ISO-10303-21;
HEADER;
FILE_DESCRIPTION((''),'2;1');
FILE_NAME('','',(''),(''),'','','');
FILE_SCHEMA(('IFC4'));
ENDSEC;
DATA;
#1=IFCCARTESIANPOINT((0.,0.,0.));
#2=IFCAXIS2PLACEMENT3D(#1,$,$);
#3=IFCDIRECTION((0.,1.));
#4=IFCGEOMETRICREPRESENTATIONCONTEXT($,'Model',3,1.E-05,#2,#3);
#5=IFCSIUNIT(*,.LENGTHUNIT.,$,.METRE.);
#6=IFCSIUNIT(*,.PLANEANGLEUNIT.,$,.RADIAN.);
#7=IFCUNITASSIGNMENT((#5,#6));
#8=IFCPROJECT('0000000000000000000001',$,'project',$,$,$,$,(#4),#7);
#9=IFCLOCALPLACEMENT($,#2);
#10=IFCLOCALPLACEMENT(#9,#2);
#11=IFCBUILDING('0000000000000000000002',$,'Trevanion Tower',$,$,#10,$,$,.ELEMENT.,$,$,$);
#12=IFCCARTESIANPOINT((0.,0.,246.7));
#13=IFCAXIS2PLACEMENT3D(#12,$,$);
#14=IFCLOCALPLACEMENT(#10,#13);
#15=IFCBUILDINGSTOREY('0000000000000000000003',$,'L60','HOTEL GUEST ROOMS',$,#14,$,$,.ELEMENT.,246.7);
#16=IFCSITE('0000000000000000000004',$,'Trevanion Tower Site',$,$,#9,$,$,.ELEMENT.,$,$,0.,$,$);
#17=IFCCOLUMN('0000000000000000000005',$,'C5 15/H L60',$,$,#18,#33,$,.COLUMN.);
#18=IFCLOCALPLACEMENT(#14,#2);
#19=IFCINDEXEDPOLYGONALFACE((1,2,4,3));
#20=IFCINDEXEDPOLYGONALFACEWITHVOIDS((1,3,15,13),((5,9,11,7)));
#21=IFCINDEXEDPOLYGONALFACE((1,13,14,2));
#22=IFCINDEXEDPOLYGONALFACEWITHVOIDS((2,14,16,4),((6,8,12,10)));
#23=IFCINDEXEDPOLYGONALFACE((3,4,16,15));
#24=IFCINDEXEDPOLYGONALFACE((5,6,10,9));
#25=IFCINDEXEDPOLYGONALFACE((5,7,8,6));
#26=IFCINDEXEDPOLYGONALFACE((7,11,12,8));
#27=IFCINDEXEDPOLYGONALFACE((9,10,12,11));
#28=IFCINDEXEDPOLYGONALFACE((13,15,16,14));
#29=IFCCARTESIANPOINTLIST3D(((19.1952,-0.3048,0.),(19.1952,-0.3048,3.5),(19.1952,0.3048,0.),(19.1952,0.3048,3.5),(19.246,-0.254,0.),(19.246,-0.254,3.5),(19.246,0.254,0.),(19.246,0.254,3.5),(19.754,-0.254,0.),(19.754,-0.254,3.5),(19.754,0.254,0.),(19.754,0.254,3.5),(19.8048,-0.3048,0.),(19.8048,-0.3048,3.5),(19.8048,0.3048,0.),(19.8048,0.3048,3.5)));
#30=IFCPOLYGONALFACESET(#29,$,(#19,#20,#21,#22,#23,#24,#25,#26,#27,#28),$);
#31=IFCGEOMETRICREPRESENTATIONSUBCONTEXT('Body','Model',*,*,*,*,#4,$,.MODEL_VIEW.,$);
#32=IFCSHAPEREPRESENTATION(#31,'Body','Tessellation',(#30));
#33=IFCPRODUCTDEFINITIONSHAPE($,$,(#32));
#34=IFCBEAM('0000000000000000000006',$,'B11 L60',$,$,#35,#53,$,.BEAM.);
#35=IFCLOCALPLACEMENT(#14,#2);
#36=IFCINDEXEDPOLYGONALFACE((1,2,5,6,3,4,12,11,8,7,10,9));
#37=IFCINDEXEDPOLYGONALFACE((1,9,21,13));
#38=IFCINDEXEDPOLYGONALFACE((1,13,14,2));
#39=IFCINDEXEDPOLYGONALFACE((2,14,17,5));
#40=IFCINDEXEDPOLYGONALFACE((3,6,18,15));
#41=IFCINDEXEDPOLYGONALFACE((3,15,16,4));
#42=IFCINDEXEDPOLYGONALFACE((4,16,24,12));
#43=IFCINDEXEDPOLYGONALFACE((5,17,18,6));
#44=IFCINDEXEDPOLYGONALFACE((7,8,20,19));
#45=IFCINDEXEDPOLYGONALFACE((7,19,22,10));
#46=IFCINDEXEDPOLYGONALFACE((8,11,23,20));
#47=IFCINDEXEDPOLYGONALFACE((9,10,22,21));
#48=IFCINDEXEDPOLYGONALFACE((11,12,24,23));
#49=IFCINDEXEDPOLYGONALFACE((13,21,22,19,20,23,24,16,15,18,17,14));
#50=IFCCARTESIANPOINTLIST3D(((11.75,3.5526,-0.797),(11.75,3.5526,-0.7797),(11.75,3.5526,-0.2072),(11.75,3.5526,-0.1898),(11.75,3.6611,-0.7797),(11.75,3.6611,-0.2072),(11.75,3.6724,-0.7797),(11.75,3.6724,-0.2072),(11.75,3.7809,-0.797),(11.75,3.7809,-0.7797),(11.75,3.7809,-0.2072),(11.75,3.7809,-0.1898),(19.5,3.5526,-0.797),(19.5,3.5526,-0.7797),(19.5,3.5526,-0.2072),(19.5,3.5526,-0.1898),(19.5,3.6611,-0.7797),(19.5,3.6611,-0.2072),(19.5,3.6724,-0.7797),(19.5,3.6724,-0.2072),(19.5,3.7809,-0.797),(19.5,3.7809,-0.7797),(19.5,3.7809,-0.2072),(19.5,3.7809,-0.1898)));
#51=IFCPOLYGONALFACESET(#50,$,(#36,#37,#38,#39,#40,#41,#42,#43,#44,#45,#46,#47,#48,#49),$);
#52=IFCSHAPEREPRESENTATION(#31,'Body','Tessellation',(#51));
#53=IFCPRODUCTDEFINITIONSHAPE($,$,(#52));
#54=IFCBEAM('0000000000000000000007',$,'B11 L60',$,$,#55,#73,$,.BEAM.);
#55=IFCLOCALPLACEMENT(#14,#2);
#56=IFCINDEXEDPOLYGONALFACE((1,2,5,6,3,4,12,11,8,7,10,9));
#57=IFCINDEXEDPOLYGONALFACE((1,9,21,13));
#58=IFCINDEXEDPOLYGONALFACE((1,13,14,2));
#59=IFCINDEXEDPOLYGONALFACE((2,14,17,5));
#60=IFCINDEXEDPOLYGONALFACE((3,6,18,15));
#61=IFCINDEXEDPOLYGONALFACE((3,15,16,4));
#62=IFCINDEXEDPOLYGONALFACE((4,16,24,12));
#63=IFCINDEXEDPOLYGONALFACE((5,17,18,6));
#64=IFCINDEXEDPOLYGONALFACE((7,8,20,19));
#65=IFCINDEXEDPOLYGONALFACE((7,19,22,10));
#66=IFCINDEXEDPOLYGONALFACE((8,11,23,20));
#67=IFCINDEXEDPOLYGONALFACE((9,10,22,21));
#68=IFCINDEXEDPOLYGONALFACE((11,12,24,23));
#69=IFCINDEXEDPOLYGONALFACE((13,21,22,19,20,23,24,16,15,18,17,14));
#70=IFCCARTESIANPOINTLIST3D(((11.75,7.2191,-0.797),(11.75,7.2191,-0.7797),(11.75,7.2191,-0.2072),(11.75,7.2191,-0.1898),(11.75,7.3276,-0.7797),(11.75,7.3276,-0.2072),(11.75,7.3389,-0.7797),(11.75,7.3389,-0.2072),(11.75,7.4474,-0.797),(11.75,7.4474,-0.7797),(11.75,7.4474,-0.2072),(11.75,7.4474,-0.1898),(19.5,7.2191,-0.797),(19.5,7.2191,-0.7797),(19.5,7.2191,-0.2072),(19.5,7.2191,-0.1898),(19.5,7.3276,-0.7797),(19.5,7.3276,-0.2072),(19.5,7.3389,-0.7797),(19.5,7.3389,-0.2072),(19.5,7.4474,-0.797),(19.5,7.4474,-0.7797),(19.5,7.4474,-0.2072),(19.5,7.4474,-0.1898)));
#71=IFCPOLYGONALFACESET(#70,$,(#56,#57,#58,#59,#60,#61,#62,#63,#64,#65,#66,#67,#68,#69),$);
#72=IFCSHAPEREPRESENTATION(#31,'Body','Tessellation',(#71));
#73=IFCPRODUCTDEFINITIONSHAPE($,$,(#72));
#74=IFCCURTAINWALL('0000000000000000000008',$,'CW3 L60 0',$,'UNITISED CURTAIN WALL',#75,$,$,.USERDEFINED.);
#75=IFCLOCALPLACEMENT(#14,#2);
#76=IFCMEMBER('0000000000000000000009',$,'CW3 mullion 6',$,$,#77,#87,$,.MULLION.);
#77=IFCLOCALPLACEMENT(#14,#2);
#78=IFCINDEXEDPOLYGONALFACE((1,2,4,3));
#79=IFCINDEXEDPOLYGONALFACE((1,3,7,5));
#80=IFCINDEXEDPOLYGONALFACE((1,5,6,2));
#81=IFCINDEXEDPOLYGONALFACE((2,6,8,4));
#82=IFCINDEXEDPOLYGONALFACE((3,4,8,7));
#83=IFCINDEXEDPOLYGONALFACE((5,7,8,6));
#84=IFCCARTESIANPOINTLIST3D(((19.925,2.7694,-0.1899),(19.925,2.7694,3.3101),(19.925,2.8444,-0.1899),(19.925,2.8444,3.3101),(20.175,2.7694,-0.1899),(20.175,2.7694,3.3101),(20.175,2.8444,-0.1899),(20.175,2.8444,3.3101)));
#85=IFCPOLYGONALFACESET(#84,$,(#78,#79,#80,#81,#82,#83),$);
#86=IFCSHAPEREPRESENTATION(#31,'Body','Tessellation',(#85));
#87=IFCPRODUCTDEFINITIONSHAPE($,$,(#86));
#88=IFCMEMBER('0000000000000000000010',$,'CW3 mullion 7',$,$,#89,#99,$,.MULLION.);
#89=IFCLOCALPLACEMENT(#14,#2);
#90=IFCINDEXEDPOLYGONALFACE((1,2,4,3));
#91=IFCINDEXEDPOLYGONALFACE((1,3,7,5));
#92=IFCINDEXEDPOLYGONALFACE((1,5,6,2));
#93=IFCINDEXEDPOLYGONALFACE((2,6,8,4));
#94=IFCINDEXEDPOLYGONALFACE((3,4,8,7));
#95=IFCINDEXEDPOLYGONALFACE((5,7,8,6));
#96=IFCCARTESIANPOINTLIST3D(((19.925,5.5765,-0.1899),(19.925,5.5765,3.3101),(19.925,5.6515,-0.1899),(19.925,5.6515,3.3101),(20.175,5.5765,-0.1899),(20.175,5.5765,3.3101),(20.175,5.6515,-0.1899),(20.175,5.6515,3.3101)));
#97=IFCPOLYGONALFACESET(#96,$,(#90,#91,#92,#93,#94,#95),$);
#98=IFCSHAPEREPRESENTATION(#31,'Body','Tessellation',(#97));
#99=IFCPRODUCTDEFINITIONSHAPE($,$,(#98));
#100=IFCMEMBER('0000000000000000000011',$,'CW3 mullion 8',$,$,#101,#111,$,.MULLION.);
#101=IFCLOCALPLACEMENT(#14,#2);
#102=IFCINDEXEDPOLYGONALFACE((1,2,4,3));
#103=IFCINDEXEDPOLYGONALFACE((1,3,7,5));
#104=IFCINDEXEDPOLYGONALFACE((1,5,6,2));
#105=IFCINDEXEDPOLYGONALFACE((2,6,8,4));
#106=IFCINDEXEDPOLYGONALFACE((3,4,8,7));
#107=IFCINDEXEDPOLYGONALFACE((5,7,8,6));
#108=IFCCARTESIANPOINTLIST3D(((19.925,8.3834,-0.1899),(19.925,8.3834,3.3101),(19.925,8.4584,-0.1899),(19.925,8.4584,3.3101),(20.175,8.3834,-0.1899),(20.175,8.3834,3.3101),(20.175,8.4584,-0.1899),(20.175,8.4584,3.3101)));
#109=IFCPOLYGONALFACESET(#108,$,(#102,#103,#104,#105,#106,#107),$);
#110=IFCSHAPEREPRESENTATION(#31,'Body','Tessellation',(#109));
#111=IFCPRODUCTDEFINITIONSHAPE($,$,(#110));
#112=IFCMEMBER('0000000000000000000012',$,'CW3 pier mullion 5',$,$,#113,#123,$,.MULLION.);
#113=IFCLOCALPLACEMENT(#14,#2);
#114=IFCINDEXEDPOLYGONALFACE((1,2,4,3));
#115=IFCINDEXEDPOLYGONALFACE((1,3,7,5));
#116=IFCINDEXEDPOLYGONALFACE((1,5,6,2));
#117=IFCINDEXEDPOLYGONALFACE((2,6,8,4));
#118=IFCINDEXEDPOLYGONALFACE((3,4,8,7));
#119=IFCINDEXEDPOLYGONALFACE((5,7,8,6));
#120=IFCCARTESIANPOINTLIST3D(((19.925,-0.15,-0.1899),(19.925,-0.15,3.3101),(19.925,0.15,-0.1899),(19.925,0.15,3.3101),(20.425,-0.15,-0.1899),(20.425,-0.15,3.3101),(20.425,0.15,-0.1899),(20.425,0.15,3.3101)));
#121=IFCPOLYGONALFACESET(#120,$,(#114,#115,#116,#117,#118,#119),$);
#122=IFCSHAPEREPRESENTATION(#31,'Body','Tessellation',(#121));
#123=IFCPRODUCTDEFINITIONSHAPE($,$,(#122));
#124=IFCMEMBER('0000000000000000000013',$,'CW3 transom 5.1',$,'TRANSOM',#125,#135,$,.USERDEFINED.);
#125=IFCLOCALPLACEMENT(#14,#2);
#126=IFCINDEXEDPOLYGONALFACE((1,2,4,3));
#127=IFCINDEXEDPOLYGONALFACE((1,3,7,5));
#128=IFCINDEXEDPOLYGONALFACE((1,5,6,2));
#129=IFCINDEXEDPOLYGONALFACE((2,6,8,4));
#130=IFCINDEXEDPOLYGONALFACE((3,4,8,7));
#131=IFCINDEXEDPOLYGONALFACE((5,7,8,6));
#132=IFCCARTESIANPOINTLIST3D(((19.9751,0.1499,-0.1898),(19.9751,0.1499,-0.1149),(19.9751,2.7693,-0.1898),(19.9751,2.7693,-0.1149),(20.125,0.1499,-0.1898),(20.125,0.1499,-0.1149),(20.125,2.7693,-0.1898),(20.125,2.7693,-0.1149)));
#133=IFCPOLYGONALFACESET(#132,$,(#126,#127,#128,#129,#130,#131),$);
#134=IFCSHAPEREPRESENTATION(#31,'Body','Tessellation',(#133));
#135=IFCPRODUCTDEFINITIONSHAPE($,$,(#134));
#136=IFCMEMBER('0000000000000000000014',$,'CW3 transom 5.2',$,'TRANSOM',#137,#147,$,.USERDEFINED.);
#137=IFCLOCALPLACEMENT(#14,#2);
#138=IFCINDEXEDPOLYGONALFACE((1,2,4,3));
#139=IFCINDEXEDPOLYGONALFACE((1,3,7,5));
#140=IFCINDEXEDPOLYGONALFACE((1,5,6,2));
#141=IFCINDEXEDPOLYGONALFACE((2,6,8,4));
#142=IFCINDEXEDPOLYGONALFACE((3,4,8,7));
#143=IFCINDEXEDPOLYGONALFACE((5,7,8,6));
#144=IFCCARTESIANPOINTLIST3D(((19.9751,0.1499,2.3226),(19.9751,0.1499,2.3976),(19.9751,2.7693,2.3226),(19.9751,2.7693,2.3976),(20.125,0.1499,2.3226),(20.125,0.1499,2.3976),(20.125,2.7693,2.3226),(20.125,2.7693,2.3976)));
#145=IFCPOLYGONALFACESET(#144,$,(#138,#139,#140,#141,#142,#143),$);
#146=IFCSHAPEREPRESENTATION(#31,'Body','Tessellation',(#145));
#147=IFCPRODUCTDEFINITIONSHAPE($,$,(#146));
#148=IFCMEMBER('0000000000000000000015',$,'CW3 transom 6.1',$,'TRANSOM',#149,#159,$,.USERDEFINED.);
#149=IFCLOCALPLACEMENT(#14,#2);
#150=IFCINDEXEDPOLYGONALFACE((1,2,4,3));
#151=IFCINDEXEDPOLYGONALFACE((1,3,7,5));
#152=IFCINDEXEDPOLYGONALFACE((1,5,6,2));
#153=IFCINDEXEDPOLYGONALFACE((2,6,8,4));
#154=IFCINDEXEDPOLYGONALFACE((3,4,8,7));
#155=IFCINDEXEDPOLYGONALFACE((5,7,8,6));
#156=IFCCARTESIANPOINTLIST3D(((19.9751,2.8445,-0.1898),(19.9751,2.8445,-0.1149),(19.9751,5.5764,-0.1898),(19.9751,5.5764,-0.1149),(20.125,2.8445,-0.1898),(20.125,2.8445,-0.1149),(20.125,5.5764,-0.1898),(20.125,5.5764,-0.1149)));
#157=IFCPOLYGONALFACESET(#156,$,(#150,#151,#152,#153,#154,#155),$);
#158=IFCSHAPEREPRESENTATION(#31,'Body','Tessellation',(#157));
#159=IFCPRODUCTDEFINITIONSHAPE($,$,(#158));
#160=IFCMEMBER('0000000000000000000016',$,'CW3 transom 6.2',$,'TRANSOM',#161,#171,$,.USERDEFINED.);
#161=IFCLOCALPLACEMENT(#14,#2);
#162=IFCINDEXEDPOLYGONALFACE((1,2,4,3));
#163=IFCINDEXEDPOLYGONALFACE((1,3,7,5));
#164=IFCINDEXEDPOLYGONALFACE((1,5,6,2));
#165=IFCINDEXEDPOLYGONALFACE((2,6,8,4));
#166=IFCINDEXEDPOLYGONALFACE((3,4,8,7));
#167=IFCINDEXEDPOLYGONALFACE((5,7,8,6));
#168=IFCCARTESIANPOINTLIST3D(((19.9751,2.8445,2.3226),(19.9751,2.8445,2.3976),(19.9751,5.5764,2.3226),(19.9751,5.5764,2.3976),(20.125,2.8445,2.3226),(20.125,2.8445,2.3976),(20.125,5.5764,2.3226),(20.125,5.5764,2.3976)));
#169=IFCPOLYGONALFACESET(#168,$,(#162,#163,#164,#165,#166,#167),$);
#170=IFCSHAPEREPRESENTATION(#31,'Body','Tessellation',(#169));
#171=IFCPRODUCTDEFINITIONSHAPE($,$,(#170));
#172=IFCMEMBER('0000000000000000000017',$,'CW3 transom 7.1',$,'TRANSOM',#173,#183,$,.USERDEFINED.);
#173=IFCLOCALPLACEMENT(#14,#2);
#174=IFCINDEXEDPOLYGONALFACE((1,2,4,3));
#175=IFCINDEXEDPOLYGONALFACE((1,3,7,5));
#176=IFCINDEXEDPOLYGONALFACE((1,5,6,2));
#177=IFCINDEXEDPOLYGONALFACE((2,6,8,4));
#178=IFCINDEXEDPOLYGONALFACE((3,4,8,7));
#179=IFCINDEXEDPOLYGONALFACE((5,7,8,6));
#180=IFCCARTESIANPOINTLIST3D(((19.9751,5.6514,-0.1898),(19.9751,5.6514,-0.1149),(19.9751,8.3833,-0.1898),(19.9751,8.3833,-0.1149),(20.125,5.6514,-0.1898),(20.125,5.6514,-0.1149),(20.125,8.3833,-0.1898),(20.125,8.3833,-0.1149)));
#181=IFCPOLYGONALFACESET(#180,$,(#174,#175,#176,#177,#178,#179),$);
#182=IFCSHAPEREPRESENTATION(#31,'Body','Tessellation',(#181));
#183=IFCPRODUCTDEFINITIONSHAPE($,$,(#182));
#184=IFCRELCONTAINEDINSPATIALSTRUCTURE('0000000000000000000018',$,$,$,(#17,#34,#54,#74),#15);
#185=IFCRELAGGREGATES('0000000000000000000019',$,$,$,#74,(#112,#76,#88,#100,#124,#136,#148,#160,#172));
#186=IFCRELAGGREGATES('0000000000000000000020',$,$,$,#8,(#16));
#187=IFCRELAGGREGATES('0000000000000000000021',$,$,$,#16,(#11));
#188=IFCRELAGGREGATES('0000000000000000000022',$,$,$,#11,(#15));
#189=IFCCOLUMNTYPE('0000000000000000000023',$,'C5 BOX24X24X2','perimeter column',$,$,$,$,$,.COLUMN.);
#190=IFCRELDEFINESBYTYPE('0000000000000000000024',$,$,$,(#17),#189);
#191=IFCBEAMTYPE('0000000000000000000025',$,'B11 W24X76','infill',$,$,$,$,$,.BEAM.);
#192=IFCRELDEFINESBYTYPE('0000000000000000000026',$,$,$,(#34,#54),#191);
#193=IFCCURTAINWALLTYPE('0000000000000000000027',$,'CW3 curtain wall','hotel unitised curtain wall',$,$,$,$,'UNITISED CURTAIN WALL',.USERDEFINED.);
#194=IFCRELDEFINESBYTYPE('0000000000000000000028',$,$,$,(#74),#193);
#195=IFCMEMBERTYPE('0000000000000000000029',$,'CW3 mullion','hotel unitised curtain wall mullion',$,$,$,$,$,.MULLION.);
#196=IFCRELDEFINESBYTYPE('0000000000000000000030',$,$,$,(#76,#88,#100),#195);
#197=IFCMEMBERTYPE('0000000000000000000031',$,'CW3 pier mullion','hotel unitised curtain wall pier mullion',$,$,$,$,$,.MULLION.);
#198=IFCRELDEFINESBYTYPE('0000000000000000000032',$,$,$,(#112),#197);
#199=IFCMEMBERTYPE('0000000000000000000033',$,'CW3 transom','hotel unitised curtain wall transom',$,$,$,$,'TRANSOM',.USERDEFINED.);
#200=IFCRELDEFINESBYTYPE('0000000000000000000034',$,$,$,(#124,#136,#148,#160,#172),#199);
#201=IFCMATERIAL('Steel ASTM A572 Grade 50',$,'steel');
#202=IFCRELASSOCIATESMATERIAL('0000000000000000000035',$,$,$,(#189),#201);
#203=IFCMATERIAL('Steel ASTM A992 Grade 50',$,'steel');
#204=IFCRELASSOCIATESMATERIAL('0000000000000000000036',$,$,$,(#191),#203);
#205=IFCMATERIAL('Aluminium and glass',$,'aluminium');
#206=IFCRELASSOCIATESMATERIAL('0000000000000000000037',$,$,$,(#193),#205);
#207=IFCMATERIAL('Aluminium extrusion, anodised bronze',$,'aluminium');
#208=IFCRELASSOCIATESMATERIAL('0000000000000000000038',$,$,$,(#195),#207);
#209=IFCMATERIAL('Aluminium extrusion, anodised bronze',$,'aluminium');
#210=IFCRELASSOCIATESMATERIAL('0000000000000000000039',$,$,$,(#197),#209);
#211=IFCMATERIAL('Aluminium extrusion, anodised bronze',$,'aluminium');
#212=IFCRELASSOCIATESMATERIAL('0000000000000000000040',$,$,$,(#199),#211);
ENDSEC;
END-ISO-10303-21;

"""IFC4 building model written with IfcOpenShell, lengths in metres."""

from ifc_helpers import new_model, si_unit, direction, frame, origin, origin_2d, place, context, subcontext, project, spatial, rectangle, hollow_rectangle, i_section, extrude, material, material_profile, profile_set, type_object, element, aggregate, save


model = new_model("IFC4")

# Units and contexts
model_context = context("Model", 3, precision=1e-05, world=origin(), true_north=direction((0.0, 1.0)))
body_context = subcontext(model_context, "Body", "Model", "MODEL_VIEW")
ifc_project = project(units=[si_unit("LENGTHUNIT", "METRE"), si_unit("PLANEANGLEUNIT", "RADIAN")], contexts=[model_context])

# Site, building, storey
site_placement = place(None, origin())
site = spatial("IfcSite", under=ifc_project, at=site_placement, Name="Trevanion Tower Site", CompositionType="ELEMENT", RefElevation=0.0)
building_placement = place(site_placement, origin())
building = spatial("IfcBuilding", under=site, at=building_placement, Name="Trevanion Tower", CompositionType="ELEMENT")
storey_placement = place(building_placement, frame((0.0, 0.0, 246.7)))
storey = spatial("IfcBuildingStorey", under=building, at=storey_placement, Name="L60", Description="HOTEL GUEST ROOMS", CompositionType="ELEMENT", Elevation=246.7)

# Column
ifc_material_1 = material(Name="Steel ASTM A572 Grade 50", Category="steel")
ifc_material_profile_1 = material_profile(ifc_material_1, hollow_rectangle(XDim=0.6096, YDim=0.6096, WallThickness=0.0508, at=origin_2d()), Name="BOX24X24X2")
ifc_profile_set_1 = profile_set([ifc_material_profile_1], Name="Steel ASTM A572 Grade 50")
column_type = type_object("IfcColumnType", Name="C5 BOX24X24X2", Description="perimeter column", PredefinedType="COLUMN", material=ifc_profile_set_1)
column_placement = place(storey_placement, frame((19.5, 0.0, 0.0), z_axis=(0.0, 0.0, 1.0), x_axis=(0.0, 1.0, 0.0)))
element("IfcColumn", 1, at=column_placement, inside=storey, type_object=column_type, Name="C5 15/H L60", PredefinedType="COLUMN", context=body_context, shape_type="SweptSolid", body=[
    extrude(hollow_rectangle(XDim=0.6096, YDim=0.6096, WallThickness=0.0508, at=origin_2d()), origin(), (0.0, 0.0, 1.0), 3.5),
])

# Beams
ifc_material_2 = material(Name="Steel ASTM A992 Grade 50", Category="steel")
ifc_material_profile_2 = material_profile(ifc_material_2, i_section(OverallWidth=0.2283, OverallDepth=0.6072, WebThickness=0.0112, FlangeThickness=0.0173, at=origin_2d()), Name="W24X76")
ifc_profile_set_2 = profile_set([ifc_material_profile_2], Name="Steel ASTM A992 Grade 50")
beam_type_1 = type_object("IfcBeamType", Name="B11 W24X76", Description="infill", PredefinedType="BEAM", material=ifc_profile_set_2)
for number, where, z_axis, x_axis, name in (
    (2, (11.75, 3.6667, -0.4934), (1.0, 0.0, 0.0), (0.0, 1.0, 0.0), "B11 L60"),
    (3, (11.75, 7.3333, -0.4934), (1.0, 0.0, 0.0), (0.0, 1.0, 0.0), "B11 L60"),
):
    element("IfcBeam", number, at=place(storey_placement, frame(where, z_axis=z_axis, x_axis=x_axis)), inside=storey, type_object=beam_type_1, Name=name, PredefinedType="BEAM", context=body_context, shape_type="SweptSolid", body=[
        extrude(i_section(OverallWidth=0.2283, OverallDepth=0.6072, WebThickness=0.0112, FlangeThickness=0.0173, at=origin_2d()), origin(), (0.0, 0.0, 1.0), 7.75),
    ])

# Curtain wall, members
ifc_material_3 = material(Name="Aluminium and glass", Category="aluminium")
curtain_wall_type = type_object("IfcCurtainWallType", Name="CW3 curtain wall", Description="hotel unitised curtain wall", ElementType="UNITISED CURTAIN WALL", PredefinedType="USERDEFINED", material=ifc_material_3)
curtain_wall_placement = place(storey_placement, origin())
curtain_wall = element("IfcCurtainWall", 4, at=curtain_wall_placement, inside=storey, type_object=curtain_wall_type, Name="CW3 L60 0", ObjectType="UNITISED CURTAIN WALL", PredefinedType="USERDEFINED")
ifc_material_4 = material(Name="Aluminium extrusion, anodised bronze", Category="aluminium")
ifc_material_profile_3 = material_profile(ifc_material_4, rectangle(XDim=0.075, YDim=0.25, at=origin_2d()), Name="CW3 mullion")
ifc_profile_set_3 = profile_set([ifc_material_profile_3], Name="Aluminium extrusion, anodised bronze")
member_type_1 = type_object("IfcMemberType", Name="CW3 mullion", Description="hotel unitised curtain wall mullion", PredefinedType="MULLION", material=ifc_profile_set_3)
member_1_placement = place(storey_placement, frame((20.05, 2.8069, -0.1899), z_axis=(0.0, 0.0, 1.0), x_axis=(0.0, 1.0, 0.0)))
member_1 = element("IfcMember", 5, at=member_1_placement, type_object=member_type_1, Name="CW3 mullion 6", PredefinedType="MULLION", context=body_context, shape_type="SweptSolid", body=[
    extrude(rectangle(XDim=0.075, YDim=0.25, at=origin_2d()), origin(), (0.0, 0.0, 1.0), 3.5),
])
member_2_placement = place(storey_placement, frame((20.05, 5.614, -0.1899), z_axis=(0.0, 0.0, 1.0), x_axis=(0.0, 1.0, 0.0)))
member_2 = element("IfcMember", 6, at=member_2_placement, type_object=member_type_1, Name="CW3 mullion 7", PredefinedType="MULLION", context=body_context, shape_type="SweptSolid", body=[
    extrude(rectangle(XDim=0.075, YDim=0.25, at=origin_2d()), origin(), (0.0, 0.0, 1.0), 3.5),
])
member_3_placement = place(storey_placement, frame((20.05, 8.4209, -0.1899), z_axis=(0.0, 0.0, 1.0), x_axis=(0.0, 1.0, 0.0)))
member_3 = element("IfcMember", 7, at=member_3_placement, type_object=member_type_1, Name="CW3 mullion 8", PredefinedType="MULLION", context=body_context, shape_type="SweptSolid", body=[
    extrude(rectangle(XDim=0.075, YDim=0.25, at=origin_2d()), origin(), (0.0, 0.0, 1.0), 3.5),
])
ifc_material_5 = material(Name="Aluminium extrusion, anodised bronze", Category="aluminium")
ifc_material_profile_4 = material_profile(ifc_material_5, rectangle(XDim=0.3, YDim=0.5, at=origin_2d()), Name="CW3 pier mullion")
ifc_profile_set_4 = profile_set([ifc_material_profile_4], Name="Aluminium extrusion, anodised bronze")
member_type_2 = type_object("IfcMemberType", Name="CW3 pier mullion", Description="hotel unitised curtain wall pier mullion", PredefinedType="MULLION", material=ifc_profile_set_4)
member_4_placement = place(storey_placement, frame((20.175, 0.0, -0.1899), z_axis=(0.0, 0.0, 1.0), x_axis=(0.0, 1.0, 0.0)))
member_4 = element("IfcMember", 8, at=member_4_placement, type_object=member_type_2, Name="CW3 pier mullion 5", PredefinedType="MULLION", context=body_context, shape_type="SweptSolid", body=[
    extrude(rectangle(XDim=0.3, YDim=0.5, at=origin_2d()), origin(), (0.0, 0.0, 1.0), 3.5),
])
ifc_material_6 = material(Name="Aluminium extrusion, anodised bronze", Category="aluminium")
ifc_material_profile_5 = material_profile(ifc_material_6, rectangle(XDim=0.1499, YDim=0.075, at=origin_2d()), Name="CW3 transom")
ifc_profile_set_5 = profile_set([ifc_material_profile_5], Name="Aluminium extrusion, anodised bronze")
member_type_3 = type_object("IfcMemberType", Name="CW3 transom", Description="hotel unitised curtain wall transom", ElementType="TRANSOM", PredefinedType="USERDEFINED", material=ifc_profile_set_5)
member_5_placement = place(storey_placement, frame((20.05, 0.1499, -0.1523), z_axis=(0.0, 1.0, 0.0), x_axis=(-1.0, 0.0, 0.0)))
member_5 = element("IfcMember", 9, at=member_5_placement, type_object=member_type_3, Name="CW3 transom 5.1", ObjectType="TRANSOM", PredefinedType="USERDEFINED", context=body_context, shape_type="SweptSolid", body=[
    extrude(rectangle(XDim=0.1499, YDim=0.075, at=origin_2d()), origin(), (0.0, 0.0, 1.0), 2.6194),
])
member_6_placement = place(storey_placement, frame((20.05, 0.1499, 2.3601), z_axis=(0.0, 1.0, 0.0), x_axis=(-1.0, 0.0, 0.0)))
member_6 = element("IfcMember", 10, at=member_6_placement, type_object=member_type_3, Name="CW3 transom 5.2", ObjectType="TRANSOM", PredefinedType="USERDEFINED", context=body_context, shape_type="SweptSolid", body=[
    extrude(rectangle(XDim=0.1499, YDim=0.075, at=origin_2d()), origin(), (0.0, 0.0, 1.0), 2.6194),
])
member_7_placement = place(storey_placement, frame((20.05, 2.8445, -0.1523), z_axis=(0.0, 1.0, 0.0), x_axis=(-1.0, 0.0, 0.0)))
member_7 = element("IfcMember", 11, at=member_7_placement, type_object=member_type_3, Name="CW3 transom 6.1", ObjectType="TRANSOM", PredefinedType="USERDEFINED", context=body_context, shape_type="SweptSolid", body=[
    extrude(rectangle(XDim=0.1499, YDim=0.075, at=origin_2d()), origin(), (0.0, 0.0, 1.0), 2.7319),
])
member_8_placement = place(storey_placement, frame((20.05, 2.8445, 2.3601), z_axis=(0.0, 1.0, 0.0), x_axis=(-1.0, 0.0, 0.0)))
member_8 = element("IfcMember", 12, at=member_8_placement, type_object=member_type_3, Name="CW3 transom 6.2", ObjectType="TRANSOM", PredefinedType="USERDEFINED", context=body_context, shape_type="SweptSolid", body=[
    extrude(rectangle(XDim=0.1499, YDim=0.075, at=origin_2d()), origin(), (0.0, 0.0, 1.0), 2.7319),
])
member_9_placement = place(storey_placement, frame((20.05, 5.6514, -0.1523), z_axis=(0.0, 1.0, 0.0), x_axis=(-1.0, 0.0, 0.0)))
member_9 = element("IfcMember", 13, at=member_9_placement, type_object=member_type_3, Name="CW3 transom 7.1", ObjectType="TRANSOM", PredefinedType="USERDEFINED", context=body_context, shape_type="SweptSolid", body=[
    extrude(rectangle(XDim=0.1499, YDim=0.075, at=origin_2d()), origin(), (0.0, 0.0, 1.0), 2.7319),
])

aggregate(curtain_wall, [member_4, member_1, member_2, member_3, member_5, member_6, member_7, member_8, member_9])

save(model, "model.ifc")
